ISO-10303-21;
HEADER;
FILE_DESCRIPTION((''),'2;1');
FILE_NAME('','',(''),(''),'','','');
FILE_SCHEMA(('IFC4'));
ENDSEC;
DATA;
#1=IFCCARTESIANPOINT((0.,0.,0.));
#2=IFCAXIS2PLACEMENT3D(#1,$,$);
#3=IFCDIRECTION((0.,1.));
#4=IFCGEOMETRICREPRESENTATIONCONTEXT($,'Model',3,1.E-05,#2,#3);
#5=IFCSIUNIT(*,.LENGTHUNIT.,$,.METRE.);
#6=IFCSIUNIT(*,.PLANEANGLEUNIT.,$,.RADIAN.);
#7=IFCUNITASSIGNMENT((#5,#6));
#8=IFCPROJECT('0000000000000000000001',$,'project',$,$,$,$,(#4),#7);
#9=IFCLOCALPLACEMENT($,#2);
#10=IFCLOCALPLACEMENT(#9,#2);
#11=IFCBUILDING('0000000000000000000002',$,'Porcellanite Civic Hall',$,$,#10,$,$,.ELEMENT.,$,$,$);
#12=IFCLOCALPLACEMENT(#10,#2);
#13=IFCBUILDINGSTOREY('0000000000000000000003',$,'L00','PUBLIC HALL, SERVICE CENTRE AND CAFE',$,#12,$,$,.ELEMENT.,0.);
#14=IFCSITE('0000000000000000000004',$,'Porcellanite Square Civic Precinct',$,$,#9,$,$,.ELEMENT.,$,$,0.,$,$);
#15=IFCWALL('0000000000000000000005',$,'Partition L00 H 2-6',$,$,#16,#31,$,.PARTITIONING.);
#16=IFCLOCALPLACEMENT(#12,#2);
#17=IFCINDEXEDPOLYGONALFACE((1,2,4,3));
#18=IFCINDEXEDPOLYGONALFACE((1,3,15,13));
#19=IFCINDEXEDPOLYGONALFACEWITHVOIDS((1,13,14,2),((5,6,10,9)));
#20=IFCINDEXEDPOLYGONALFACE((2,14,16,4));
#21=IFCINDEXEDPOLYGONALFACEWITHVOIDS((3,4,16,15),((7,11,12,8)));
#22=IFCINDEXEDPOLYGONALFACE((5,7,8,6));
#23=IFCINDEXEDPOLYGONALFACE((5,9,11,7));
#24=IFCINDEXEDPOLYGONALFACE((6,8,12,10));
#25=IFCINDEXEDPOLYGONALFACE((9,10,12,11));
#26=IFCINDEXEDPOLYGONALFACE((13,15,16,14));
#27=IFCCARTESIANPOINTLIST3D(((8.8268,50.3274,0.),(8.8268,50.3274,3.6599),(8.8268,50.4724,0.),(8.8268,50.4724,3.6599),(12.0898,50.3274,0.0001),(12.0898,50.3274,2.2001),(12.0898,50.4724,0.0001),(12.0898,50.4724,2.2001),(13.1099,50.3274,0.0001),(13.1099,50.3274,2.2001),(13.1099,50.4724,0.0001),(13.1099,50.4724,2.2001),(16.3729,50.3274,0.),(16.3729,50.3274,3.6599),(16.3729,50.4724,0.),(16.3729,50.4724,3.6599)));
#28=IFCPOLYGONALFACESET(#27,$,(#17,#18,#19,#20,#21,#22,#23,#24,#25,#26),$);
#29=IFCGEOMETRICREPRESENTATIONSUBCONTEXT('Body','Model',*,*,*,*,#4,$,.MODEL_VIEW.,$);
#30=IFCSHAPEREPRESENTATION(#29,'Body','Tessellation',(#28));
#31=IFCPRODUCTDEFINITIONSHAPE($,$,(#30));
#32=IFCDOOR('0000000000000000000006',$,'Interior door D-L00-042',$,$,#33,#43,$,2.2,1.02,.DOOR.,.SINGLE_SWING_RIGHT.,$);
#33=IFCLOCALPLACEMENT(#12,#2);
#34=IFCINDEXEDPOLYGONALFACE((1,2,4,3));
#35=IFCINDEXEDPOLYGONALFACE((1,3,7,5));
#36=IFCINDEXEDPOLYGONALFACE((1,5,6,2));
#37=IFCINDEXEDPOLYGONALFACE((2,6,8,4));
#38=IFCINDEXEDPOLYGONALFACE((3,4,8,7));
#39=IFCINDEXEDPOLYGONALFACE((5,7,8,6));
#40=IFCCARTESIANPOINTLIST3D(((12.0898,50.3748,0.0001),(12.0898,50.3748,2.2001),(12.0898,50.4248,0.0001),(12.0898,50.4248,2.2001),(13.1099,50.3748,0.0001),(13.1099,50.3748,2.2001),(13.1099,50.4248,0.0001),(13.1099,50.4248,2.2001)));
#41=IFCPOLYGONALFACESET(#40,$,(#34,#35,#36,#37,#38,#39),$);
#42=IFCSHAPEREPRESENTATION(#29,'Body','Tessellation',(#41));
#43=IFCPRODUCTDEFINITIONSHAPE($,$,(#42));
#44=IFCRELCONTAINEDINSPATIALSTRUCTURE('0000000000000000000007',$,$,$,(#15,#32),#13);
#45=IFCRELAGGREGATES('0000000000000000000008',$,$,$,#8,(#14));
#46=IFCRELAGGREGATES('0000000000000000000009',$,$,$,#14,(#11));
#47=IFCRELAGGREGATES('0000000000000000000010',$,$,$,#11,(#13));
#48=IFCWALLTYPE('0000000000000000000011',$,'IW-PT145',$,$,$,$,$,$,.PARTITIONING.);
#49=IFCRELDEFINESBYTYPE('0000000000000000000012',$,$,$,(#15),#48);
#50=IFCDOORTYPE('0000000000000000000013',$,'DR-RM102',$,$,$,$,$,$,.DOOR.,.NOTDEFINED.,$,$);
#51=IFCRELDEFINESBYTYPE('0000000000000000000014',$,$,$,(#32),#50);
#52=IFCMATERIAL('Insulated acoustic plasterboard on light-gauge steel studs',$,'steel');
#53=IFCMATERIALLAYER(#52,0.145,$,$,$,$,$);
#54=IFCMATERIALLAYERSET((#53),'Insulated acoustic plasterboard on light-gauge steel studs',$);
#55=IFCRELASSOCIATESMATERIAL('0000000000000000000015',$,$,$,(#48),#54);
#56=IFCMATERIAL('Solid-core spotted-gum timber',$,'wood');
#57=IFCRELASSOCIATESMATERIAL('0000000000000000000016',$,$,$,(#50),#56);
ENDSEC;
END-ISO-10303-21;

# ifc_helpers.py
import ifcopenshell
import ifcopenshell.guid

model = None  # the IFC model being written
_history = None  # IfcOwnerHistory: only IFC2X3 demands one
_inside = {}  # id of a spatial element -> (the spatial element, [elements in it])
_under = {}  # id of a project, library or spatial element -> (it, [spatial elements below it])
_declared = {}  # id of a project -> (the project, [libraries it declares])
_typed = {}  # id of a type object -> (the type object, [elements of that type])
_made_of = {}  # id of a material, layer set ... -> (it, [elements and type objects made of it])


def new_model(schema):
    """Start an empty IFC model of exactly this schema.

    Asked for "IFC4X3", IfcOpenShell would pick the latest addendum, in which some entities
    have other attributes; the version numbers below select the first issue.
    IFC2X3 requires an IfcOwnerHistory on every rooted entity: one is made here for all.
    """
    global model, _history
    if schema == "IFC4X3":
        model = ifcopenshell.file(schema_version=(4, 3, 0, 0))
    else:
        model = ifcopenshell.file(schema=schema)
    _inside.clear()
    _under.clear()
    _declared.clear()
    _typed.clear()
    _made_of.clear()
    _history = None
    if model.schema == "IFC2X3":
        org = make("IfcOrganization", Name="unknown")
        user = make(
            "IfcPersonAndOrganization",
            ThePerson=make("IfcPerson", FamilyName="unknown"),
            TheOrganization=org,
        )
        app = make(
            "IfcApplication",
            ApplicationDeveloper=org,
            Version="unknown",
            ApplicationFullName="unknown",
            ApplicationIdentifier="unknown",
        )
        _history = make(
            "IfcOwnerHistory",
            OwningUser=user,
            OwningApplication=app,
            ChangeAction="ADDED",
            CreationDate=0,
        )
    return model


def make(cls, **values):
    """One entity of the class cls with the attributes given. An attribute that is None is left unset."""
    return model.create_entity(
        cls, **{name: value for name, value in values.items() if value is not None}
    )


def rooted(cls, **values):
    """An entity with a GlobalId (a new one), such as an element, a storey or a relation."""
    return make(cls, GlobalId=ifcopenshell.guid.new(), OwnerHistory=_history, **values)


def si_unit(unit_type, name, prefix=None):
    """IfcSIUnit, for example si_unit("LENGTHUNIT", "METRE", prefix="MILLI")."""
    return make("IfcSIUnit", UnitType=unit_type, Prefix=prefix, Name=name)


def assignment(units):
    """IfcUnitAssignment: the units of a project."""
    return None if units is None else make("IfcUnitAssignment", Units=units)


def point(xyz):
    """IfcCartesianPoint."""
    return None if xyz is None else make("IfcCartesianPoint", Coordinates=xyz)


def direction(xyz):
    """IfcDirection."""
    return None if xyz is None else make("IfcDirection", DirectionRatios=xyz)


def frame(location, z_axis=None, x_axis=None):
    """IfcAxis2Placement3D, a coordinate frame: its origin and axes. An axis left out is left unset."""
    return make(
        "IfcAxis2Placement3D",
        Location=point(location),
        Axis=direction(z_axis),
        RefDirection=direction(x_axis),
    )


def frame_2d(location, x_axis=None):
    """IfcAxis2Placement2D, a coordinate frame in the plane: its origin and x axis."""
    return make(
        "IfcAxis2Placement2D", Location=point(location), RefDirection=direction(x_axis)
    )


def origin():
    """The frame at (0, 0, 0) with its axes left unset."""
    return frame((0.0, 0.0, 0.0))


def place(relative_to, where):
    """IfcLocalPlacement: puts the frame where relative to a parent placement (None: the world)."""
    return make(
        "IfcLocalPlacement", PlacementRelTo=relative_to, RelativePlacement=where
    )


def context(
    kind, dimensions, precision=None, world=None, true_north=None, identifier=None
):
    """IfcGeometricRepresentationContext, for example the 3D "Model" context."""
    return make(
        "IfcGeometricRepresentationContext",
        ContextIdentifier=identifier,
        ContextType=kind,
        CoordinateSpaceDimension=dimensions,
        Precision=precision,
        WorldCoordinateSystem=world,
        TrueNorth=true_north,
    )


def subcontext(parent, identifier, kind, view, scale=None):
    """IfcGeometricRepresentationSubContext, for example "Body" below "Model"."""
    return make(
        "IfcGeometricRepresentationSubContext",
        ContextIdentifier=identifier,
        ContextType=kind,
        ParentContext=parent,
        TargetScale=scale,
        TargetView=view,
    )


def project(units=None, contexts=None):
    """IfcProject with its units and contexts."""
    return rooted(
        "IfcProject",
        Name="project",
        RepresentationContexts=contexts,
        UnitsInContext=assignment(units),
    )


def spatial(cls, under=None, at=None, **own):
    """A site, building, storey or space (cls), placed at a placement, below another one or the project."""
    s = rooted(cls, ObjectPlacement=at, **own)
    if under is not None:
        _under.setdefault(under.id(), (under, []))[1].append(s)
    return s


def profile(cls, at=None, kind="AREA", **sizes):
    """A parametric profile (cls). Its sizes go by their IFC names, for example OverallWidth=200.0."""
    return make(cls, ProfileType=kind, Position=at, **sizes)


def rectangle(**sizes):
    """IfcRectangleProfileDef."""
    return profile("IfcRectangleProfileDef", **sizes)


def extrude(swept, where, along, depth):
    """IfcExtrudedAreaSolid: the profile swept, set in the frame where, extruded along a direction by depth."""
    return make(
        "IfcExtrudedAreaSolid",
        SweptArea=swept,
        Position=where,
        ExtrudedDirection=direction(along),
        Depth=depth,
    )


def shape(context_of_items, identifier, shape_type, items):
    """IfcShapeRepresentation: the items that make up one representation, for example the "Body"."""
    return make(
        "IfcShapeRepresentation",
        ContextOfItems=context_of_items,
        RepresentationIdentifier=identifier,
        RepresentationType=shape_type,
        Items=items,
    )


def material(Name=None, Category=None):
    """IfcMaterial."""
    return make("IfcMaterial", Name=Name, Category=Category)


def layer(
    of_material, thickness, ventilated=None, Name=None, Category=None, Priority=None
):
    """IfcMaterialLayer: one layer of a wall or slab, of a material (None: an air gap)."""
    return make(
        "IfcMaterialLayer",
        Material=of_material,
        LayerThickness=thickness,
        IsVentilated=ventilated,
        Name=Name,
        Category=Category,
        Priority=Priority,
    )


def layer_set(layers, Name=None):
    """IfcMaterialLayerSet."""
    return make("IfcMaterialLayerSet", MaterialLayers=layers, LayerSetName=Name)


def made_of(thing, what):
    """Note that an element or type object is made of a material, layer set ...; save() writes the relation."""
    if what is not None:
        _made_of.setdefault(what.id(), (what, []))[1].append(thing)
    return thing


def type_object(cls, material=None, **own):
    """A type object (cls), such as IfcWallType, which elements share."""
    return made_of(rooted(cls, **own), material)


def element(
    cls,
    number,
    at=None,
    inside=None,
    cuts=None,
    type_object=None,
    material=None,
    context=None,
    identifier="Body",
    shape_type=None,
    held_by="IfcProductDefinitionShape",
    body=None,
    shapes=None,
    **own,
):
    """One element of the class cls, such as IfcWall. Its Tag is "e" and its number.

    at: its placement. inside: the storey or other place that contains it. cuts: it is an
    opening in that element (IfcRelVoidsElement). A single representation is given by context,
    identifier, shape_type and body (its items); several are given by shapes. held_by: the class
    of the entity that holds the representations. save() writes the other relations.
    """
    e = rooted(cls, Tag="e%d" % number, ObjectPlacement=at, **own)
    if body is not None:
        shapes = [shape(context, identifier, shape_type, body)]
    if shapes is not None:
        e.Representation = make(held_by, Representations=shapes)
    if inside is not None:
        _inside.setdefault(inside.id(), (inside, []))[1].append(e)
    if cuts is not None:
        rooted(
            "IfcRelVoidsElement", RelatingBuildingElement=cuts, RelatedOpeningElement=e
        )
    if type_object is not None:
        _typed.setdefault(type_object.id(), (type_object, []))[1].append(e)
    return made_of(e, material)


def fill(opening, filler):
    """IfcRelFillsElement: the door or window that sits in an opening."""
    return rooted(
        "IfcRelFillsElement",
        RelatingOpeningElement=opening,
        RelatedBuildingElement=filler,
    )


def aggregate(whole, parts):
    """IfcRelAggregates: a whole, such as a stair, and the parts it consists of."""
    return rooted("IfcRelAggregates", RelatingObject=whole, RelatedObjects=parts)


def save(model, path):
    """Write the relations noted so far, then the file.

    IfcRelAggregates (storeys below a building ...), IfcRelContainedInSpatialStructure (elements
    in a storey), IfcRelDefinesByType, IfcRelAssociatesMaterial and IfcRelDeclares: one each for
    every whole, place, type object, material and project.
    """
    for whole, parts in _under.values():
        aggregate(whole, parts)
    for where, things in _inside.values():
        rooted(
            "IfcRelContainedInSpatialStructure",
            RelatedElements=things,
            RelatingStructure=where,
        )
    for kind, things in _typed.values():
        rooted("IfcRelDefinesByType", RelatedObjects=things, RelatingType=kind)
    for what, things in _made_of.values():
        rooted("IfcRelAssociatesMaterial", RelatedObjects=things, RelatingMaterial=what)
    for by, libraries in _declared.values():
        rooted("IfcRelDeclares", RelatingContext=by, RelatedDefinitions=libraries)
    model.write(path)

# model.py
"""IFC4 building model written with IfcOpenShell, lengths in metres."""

from ifc_helpers import new_model, si_unit, direction, frame, frame_2d, origin, place, context, subcontext, project, spatial, rectangle, extrude, material, layer, layer_set, type_object, element, fill, save


model = new_model("IFC4")

# Units and contexts
model_context = context("Model", 3, precision=1e-05, world=origin(), true_north=direction((0.0, 1.0)))
body_context = subcontext(model_context, "Body", "Model", "MODEL_VIEW")
ifc_project = project(units=[si_unit("LENGTHUNIT", "METRE"), si_unit("PLANEANGLEUNIT", "RADIAN")], contexts=[model_context])

# Site, building, storey
site_placement = place(None, origin())
site = spatial("IfcSite", under=ifc_project, at=site_placement, Name="Porcellanite Square Civic Precinct", CompositionType="ELEMENT", RefElevation=0.0)
building_placement = place(site_placement, origin())
building = spatial("IfcBuilding", under=site, at=building_placement, Name="Porcellanite Civic Hall", CompositionType="ELEMENT")
storey_placement = place(building_placement, origin())
storey = spatial("IfcBuildingStorey", under=building, at=storey_placement, Name="L00", Description="PUBLIC HALL, SERVICE CENTRE AND CAFE", CompositionType="ELEMENT", Elevation=0.0)

# Wall, opening, door
ifc_material_1 = material(Name="Insulated acoustic plasterboard on light-gauge steel studs", Category="steel")
ifc_layer_1 = layer(ifc_material_1, 0.145)
ifc_layer_set_1 = layer_set([ifc_layer_1], Name="Insulated acoustic plasterboard on light-gauge steel studs")
wall_type_1 = type_object("IfcWallType", Name="IW-PT145", PredefinedType="PARTITIONING", material=ifc_layer_set_1)
wall_1_placement = place(storey_placement, frame((8.8269, 50.3999, 0.0), z_axis=(0.0, 0.0, 1.0), x_axis=(1.0, 0.0, 0.0)))
wall_1 = element("IfcWall", 1, at=wall_1_placement, inside=storey, type_object=wall_type_1, Name="Partition L00 H 2-6", PredefinedType="PARTITIONING", context=body_context, shape_type="SweptSolid", body=[
    extrude(rectangle(XDim=7.5461, YDim=0.145, at=frame_2d((3.7729, 0.0))), origin(), (0.0, 0.0, 1.0), 3.6599),
])
opening_1_placement = place(wall_1_placement, frame((3.2629, 0.0, 0.0)))
opening_1 = element("IfcOpeningElement", 2, at=opening_1_placement, cuts=wall_1, PredefinedType="OPENING", context=body_context, shape_type="SweptSolid", body=[
    extrude(rectangle(XDim=1.02, YDim=2.2, at=frame_2d((0.51, 1.1001))), frame((0.0, 0.0725, 0.0), z_axis=(0.0, -1.0, 0.0), x_axis=(1.0, 0.0, 0.0)), (0.0, 0.0, 1.0), 0.145),
])
ifc_material_2 = material(Name="Solid-core spotted-gum timber", Category="wood")
door_type_1 = type_object("IfcDoorType", Name="DR-RM102", OperationType="NOTDEFINED", PredefinedType="DOOR", material=ifc_material_2)
door_1_placement = place(opening_1_placement, origin())
door_1 = element("IfcDoor", 3, at=door_1_placement, inside=storey, type_object=door_type_1, Name="Interior door D-L00-042", OperationType="SINGLE_SWING_RIGHT", OverallHeight=2.2, OverallWidth=1.02, PredefinedType="DOOR", context=body_context, shape_type="SweptSolid", body=[
    extrude(rectangle(XDim=1.02, YDim=2.2, at=frame_2d((0.51, 1.1001))), frame((0.0, 0.0249, 0.0), z_axis=(0.0, -1.0, 0.0), x_axis=(1.0, 0.0, 0.0)), (0.0, 0.0, 1.0), 0.05),
])
fill(opening_1, door_1)

save(model, "model.ifc")
